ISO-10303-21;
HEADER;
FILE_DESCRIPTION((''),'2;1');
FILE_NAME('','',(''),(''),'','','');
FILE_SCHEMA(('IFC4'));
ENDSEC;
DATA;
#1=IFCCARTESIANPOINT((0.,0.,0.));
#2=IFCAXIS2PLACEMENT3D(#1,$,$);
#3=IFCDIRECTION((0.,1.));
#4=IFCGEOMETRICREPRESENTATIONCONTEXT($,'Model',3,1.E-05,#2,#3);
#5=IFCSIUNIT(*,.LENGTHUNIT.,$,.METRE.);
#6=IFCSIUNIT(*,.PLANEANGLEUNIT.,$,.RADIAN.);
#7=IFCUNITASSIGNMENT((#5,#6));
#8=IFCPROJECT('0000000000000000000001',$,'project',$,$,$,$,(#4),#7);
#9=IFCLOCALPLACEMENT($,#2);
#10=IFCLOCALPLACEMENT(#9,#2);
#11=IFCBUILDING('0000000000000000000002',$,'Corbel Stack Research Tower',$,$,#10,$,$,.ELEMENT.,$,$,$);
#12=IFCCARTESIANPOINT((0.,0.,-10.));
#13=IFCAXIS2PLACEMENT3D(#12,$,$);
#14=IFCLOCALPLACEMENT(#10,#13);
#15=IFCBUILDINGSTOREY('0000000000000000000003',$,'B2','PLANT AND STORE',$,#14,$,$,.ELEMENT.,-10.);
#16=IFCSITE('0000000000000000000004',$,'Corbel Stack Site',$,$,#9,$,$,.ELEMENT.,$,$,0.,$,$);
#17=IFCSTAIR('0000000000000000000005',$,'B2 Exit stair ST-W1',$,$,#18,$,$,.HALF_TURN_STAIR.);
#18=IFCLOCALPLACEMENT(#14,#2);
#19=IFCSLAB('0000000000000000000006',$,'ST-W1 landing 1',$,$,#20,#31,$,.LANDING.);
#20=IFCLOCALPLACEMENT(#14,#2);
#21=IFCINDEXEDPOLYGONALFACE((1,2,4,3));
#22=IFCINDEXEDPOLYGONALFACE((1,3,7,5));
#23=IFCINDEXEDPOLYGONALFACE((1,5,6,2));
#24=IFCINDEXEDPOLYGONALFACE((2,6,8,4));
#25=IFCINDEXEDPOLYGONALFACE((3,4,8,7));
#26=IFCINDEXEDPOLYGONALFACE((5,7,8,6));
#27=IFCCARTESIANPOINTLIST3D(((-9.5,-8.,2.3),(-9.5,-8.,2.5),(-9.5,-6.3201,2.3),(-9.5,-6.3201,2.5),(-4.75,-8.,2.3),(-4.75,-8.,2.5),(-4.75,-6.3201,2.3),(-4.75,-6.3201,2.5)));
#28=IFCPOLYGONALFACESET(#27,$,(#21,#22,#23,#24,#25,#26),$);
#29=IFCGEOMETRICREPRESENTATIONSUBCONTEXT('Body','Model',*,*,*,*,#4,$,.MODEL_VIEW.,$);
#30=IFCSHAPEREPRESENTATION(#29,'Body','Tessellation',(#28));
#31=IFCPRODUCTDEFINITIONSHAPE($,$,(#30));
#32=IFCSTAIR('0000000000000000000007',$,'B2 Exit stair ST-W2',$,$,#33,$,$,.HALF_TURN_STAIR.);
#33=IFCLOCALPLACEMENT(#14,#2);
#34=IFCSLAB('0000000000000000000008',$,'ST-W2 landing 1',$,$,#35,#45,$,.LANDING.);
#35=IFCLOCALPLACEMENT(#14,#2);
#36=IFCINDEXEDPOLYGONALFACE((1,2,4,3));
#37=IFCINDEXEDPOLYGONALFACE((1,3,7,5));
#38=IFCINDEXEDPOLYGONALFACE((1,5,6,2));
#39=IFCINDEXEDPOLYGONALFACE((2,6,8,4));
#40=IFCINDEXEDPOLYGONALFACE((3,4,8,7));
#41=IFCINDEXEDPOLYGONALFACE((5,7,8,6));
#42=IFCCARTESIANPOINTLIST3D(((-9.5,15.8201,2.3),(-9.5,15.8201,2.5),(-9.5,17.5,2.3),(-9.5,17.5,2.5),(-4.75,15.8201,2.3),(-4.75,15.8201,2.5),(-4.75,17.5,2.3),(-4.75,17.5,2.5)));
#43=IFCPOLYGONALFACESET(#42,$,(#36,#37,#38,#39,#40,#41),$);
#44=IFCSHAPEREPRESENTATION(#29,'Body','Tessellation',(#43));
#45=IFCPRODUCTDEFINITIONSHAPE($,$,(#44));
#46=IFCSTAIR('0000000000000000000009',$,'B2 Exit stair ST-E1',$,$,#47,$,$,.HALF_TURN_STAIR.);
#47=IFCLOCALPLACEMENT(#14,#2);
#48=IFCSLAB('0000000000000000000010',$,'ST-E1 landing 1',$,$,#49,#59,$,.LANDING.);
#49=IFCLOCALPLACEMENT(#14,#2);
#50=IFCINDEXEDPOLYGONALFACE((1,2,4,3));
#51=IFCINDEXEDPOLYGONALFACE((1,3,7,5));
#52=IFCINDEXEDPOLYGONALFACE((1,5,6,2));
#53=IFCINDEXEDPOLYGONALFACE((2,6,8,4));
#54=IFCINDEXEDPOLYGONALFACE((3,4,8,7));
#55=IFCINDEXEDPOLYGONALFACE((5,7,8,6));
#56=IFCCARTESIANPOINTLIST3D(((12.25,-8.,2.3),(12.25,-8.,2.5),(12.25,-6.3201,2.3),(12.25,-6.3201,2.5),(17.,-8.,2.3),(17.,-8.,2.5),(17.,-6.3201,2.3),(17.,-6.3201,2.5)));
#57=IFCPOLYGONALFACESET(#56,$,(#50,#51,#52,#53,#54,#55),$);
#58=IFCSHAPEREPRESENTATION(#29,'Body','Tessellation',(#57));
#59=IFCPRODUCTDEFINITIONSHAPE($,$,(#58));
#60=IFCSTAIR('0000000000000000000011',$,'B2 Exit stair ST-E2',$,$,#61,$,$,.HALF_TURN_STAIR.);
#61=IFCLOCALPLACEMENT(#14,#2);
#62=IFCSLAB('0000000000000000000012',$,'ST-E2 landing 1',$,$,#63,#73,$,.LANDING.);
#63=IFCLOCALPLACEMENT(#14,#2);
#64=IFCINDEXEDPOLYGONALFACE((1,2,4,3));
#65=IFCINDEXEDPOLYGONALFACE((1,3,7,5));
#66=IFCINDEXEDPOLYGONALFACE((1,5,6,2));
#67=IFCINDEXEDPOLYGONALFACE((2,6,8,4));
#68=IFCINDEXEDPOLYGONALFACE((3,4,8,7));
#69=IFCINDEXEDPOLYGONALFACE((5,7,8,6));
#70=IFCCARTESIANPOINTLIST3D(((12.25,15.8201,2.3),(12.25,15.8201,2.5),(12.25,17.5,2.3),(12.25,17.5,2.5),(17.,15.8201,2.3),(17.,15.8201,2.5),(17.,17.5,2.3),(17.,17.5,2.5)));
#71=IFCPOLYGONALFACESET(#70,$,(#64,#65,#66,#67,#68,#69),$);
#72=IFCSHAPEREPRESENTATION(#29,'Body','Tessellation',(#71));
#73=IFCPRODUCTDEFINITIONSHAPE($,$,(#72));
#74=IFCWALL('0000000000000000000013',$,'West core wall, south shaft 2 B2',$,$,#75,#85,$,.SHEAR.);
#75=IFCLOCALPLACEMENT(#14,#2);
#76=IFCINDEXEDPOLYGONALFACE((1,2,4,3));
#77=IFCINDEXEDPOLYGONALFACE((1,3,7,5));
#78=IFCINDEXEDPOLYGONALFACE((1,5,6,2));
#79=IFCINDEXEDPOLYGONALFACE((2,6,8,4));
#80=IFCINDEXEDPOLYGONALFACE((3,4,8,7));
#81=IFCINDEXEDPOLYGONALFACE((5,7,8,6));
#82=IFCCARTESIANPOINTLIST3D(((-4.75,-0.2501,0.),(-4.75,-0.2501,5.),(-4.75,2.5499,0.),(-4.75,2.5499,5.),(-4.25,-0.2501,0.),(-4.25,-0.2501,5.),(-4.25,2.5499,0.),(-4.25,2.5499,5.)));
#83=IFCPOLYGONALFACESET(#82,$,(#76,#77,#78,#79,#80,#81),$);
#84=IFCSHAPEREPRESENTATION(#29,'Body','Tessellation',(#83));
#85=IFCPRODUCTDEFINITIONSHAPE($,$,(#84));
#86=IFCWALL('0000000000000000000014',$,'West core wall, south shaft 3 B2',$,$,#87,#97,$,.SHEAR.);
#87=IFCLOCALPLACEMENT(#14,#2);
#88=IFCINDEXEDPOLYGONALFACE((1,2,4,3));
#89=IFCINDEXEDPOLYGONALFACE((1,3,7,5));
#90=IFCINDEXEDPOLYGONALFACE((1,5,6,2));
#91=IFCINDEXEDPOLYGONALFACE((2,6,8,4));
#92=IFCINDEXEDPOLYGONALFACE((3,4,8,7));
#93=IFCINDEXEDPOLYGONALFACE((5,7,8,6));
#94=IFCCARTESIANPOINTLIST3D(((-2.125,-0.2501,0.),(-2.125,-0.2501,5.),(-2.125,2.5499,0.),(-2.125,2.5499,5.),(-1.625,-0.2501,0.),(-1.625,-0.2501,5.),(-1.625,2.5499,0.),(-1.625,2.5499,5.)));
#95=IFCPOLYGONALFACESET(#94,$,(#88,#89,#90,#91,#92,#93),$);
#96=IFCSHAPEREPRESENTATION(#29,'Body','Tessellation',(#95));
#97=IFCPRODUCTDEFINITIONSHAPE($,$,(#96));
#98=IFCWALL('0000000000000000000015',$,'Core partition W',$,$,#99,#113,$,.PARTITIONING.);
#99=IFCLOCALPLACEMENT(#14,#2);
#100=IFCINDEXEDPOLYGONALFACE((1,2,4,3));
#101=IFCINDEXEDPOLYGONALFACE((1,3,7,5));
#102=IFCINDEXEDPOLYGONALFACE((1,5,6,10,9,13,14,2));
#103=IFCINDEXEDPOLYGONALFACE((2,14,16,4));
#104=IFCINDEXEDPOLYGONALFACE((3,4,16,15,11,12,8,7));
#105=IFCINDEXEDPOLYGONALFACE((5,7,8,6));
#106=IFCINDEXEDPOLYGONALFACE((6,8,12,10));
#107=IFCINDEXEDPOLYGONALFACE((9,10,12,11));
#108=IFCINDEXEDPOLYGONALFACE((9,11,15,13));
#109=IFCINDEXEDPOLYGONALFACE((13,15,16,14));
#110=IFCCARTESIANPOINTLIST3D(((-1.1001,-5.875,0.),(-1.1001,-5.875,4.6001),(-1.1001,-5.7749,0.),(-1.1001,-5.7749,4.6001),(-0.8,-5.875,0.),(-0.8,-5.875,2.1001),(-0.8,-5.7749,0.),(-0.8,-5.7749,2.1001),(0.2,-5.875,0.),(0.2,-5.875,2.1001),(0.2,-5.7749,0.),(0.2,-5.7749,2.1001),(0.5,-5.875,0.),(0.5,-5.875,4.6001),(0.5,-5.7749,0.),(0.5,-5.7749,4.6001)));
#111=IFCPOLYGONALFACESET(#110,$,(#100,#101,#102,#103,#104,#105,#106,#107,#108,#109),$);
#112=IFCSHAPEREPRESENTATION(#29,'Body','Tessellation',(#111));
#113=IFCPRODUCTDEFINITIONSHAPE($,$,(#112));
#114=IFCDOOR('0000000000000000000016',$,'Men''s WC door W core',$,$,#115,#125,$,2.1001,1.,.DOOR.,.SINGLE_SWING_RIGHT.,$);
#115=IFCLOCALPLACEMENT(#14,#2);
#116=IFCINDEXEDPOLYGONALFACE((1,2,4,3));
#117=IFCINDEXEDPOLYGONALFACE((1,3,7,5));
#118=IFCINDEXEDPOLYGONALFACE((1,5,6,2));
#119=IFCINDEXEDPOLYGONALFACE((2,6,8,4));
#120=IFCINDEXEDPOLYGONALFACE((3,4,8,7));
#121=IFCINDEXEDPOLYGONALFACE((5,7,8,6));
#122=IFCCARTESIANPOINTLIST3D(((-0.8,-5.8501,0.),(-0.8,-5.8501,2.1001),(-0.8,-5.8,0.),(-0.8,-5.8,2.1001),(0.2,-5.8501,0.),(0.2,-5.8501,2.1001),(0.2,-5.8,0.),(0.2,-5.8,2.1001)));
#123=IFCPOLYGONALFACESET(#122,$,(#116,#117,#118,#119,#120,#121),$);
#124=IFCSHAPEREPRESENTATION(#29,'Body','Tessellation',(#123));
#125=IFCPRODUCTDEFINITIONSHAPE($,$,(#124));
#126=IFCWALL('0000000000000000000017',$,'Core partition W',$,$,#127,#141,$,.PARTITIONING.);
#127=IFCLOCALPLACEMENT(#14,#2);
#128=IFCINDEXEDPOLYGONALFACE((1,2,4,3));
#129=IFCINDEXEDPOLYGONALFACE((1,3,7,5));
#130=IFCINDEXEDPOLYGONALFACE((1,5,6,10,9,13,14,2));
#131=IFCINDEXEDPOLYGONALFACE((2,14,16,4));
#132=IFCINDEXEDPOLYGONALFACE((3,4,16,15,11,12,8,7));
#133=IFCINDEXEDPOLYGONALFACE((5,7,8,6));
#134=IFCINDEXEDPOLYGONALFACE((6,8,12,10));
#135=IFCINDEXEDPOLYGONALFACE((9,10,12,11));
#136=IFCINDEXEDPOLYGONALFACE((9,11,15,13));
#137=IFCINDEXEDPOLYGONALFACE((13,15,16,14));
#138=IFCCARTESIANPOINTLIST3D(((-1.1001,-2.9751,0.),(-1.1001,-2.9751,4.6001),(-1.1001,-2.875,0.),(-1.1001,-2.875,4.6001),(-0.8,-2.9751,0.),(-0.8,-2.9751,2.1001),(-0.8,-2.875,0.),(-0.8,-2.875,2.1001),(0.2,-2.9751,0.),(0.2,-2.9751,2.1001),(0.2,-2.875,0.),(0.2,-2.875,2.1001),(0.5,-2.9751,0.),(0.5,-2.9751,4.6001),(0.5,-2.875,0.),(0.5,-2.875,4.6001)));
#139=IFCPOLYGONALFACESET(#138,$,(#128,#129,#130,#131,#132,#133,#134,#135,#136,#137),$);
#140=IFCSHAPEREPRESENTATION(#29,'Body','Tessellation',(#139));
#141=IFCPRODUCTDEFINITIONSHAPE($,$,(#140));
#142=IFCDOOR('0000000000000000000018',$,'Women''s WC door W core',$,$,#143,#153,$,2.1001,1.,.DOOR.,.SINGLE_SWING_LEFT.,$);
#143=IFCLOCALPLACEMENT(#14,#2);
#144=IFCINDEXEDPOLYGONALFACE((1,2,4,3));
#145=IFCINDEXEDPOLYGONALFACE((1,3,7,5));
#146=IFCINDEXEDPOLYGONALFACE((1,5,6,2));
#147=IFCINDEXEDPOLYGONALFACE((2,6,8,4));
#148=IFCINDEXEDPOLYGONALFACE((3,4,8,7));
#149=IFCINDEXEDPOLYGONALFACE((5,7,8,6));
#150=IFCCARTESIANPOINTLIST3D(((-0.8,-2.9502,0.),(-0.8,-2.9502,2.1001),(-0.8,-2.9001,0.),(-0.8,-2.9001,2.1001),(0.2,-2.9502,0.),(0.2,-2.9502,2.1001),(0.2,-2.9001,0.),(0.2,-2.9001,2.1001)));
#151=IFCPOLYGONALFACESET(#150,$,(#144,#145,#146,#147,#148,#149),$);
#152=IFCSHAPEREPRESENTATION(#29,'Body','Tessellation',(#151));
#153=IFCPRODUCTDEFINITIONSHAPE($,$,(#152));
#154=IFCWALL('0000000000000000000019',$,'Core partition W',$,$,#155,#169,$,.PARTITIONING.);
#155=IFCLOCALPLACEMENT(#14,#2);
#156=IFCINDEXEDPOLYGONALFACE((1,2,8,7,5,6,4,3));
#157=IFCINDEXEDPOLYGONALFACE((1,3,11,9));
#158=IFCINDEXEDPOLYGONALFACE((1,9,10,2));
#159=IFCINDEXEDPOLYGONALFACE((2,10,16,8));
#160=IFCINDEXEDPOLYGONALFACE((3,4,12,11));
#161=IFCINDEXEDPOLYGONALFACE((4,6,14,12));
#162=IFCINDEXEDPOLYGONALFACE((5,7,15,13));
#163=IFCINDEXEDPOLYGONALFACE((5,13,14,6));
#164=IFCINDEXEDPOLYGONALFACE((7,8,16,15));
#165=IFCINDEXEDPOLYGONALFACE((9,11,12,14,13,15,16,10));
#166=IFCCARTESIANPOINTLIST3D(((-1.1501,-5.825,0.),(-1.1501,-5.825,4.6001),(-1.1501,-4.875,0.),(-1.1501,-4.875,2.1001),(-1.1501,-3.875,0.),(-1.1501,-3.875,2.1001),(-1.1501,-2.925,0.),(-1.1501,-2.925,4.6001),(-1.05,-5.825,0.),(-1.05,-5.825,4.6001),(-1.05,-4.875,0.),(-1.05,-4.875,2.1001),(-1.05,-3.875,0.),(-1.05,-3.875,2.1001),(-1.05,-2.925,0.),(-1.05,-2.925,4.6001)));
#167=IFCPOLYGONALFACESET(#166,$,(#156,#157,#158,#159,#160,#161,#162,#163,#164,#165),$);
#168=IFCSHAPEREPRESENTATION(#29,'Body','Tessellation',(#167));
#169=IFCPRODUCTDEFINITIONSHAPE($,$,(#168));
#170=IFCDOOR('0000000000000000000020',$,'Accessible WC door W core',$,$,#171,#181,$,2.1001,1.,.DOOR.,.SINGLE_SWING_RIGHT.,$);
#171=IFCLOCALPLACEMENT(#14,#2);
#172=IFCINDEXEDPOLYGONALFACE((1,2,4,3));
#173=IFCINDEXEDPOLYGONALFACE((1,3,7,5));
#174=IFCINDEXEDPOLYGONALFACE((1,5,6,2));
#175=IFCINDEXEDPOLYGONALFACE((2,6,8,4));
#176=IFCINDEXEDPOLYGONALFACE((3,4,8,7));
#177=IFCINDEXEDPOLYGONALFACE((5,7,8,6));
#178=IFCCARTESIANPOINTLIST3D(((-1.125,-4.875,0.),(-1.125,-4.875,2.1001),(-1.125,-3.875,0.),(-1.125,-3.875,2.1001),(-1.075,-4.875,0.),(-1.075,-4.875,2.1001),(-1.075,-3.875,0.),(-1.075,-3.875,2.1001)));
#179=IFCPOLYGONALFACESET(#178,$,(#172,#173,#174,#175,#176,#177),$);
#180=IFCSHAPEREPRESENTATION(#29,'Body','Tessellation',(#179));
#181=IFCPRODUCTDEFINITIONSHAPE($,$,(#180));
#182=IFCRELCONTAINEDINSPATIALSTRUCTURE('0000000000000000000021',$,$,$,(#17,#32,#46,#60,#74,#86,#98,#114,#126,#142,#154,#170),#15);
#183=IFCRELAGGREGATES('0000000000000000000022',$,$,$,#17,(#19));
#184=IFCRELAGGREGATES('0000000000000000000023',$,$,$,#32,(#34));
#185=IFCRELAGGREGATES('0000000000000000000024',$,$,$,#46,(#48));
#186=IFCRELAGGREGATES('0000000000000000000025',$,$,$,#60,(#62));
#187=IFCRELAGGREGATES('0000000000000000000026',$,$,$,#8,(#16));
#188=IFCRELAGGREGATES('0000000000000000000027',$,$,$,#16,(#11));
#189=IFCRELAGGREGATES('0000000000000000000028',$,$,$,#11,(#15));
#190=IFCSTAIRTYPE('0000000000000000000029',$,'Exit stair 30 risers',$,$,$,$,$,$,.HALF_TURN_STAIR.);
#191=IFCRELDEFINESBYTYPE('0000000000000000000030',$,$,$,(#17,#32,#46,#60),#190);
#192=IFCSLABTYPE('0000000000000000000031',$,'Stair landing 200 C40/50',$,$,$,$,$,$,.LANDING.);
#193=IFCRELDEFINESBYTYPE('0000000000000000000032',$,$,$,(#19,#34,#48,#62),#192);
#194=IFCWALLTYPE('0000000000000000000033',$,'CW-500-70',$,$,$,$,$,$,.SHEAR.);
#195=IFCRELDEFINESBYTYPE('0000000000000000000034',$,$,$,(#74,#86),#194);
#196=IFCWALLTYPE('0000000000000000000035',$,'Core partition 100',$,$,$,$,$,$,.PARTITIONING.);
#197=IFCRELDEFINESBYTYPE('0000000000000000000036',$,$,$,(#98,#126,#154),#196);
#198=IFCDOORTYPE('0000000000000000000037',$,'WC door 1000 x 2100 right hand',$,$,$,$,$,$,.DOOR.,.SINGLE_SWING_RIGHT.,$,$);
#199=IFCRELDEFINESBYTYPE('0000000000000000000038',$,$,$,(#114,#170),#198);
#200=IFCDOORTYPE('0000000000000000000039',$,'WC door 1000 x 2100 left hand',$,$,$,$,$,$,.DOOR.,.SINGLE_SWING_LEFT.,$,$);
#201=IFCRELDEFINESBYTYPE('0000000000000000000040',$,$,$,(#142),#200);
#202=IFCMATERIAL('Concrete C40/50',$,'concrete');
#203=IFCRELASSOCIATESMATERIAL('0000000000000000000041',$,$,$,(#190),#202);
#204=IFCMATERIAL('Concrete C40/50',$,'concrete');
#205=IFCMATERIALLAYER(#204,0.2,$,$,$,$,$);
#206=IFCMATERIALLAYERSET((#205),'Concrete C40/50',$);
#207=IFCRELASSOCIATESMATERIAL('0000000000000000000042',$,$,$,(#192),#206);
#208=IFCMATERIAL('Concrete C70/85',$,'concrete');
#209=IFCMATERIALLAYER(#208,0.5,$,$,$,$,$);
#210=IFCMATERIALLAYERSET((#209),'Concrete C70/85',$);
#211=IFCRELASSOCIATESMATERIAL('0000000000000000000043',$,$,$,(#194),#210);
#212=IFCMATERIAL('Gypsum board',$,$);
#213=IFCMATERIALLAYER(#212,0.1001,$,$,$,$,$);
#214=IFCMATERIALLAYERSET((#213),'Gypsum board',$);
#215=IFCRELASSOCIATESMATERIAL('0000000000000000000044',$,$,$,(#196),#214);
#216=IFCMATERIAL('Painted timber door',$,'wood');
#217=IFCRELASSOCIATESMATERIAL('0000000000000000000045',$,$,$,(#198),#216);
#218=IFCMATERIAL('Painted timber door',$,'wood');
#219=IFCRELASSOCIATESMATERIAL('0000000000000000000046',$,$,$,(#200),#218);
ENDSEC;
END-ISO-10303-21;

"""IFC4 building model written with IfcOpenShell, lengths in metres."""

from ifc_helpers import new_model, si_unit, direction, frame, frame_2d, origin, place, context, subcontext, project, spatial, polyline, rectangle, outline, extrude, material, layer, layer_set, type_object, element, fill, aggregate, save


model = new_model("IFC4")

# Units and contexts
model_context = context("Model", 3, precision=1e-05, world=origin(), true_north=direction((0.0, 1.0)))
body_context = subcontext(model_context, "Body", "Model", "MODEL_VIEW")
ifc_project = project(units=[si_unit("LENGTHUNIT", "METRE"), si_unit("PLANEANGLEUNIT", "RADIAN")], contexts=[model_context])

# Site, building, storey
site_placement = place(None, origin())
site = spatial("IfcSite", under=ifc_project, at=site_placement, Name="Corbel Stack Site", CompositionType="ELEMENT", RefElevation=0.0)
building_placement = place(site_placement, origin())
building = spatial("IfcBuilding", under=site, at=building_placement, Name="Corbel Stack Research Tower", CompositionType="ELEMENT")
storey_placement = place(building_placement, frame((0.0, 0.0, -10.0)))
storey = spatial("IfcBuildingStorey", under=building, at=storey_placement, Name="B2", Description="PLANT AND STORE", CompositionType="ELEMENT", Elevation=-10.0)

# Stairs, slabs
ifc_material_1 = material(Name="Concrete C40/50", Category="concrete")
stair_type = type_object("IfcStairType", Name="Exit stair 30 risers", PredefinedType="HALF_TURN_STAIR", material=ifc_material_1)
stair_1_placement = place(storey_placement, origin())
stair_1 = element("IfcStair", 1, at=stair_1_placement, inside=storey, type_object=stair_type, Name="B2 Exit stair ST-W1", PredefinedType="HALF_TURN_STAIR")
ifc_material_2 = material(Name="Concrete C40/50", Category="concrete")
ifc_layer_1 = layer(ifc_material_2, 0.2)
ifc_layer_set_1 = layer_set([ifc_layer_1], Name="Concrete C40/50")
slab_type_1 = type_object("IfcSlabType", Name="Stair landing 200 C40/50", PredefinedType="LANDING", material=ifc_layer_set_1)
slab_1_placement = place(storey_placement, frame((0.0, 0.0, 2.3)))
slab_1 = element("IfcSlab", 2, at=slab_1_placement, type_object=slab_type_1, Name="ST-W1 landing 1", PredefinedType="LANDING", context=body_context, shape_type="SweptSolid", body=[
    extrude(outline(polyline([(-9.5, -6.3201), (-9.5, -8.0), (-4.75, -8.0), (-4.75, -6.3201), (-9.5, -6.3201)])), origin(), (0.0, 0.0, 1.0), 0.2),
])
aggregate(stair_1, [slab_1])
stair_2_placement = place(storey_placement, origin())
stair_2 = element("IfcStair", 3, at=stair_2_placement, inside=storey, type_object=stair_type, Name="B2 Exit stair ST-W2", PredefinedType="HALF_TURN_STAIR")
slab_2_placement = place(storey_placement, frame((0.0, 0.0, 2.3)))
slab_2 = element("IfcSlab", 4, at=slab_2_placement, type_object=slab_type_1, Name="ST-W2 landing 1", PredefinedType="LANDING", context=body_context, shape_type="SweptSolid", body=[
    extrude(outline(polyline([(-4.75, 15.8201), (-4.75, 17.5), (-9.5, 17.5), (-9.5, 15.8201), (-4.75, 15.8201)])), origin(), (0.0, 0.0, 1.0), 0.2),
])
aggregate(stair_2, [slab_2])
stair_3_placement = place(storey_placement, origin())
stair_3 = element("IfcStair", 5, at=stair_3_placement, inside=storey, type_object=stair_type, Name="B2 Exit stair ST-E1", PredefinedType="HALF_TURN_STAIR")
slab_3_placement = place(storey_placement, frame((0.0, 0.0, 2.3)))
slab_3 = element("IfcSlab", 6, at=slab_3_placement, type_object=slab_type_1, Name="ST-E1 landing 1", PredefinedType="LANDING", context=body_context, shape_type="SweptSolid", body=[
    extrude(outline(polyline([(12.25, -6.3201), (12.25, -8.0), (17.0, -8.0), (17.0, -6.3201), (12.25, -6.3201)])), origin(), (0.0, 0.0, 1.0), 0.2),
])
aggregate(stair_3, [slab_3])
stair_4_placement = place(storey_placement, origin())
stair_4 = element("IfcStair", 7, at=stair_4_placement, inside=storey, type_object=stair_type, Name="B2 Exit stair ST-E2", PredefinedType="HALF_TURN_STAIR")
slab_4_placement = place(storey_placement, frame((0.0, 0.0, 2.3)))
slab_4 = element("IfcSlab", 8, at=slab_4_placement, type_object=slab_type_1, Name="ST-E2 landing 1", PredefinedType="LANDING", context=body_context, shape_type="SweptSolid", body=[
    extrude(outline(polyline([(17.0, 15.8201), (17.0, 17.5), (12.25, 17.5), (12.25, 15.8201), (17.0, 15.8201)])), origin(), (0.0, 0.0, 1.0), 0.2),
])
aggregate(stair_4, [slab_4])

# Walls
ifc_material_3 = material(Name="Concrete C70/85", Category="concrete")
ifc_layer_2 = layer(ifc_material_3, 0.5)
ifc_layer_set_2 = layer_set([ifc_layer_2], Name="Concrete C70/85")
wall_type_1 = type_object("IfcWallType", Name="CW-500-70", PredefinedType="SHEAR", material=ifc_layer_set_2)
for number, where, z_axis, x_axis, name in (
    (9, (-4.5, -0.25, 0.0), (0.0, 0.0, 1.0), (0.0, 1.0, 0.0), "West core wall, south shaft 2 B2"),
    (10, (-1.875, -0.25, 0.0), (0.0, 0.0, 1.0), (0.0, 1.0, 0.0), "West core wall, south shaft 3 B2"),
):
    element("IfcWall", number, at=place(storey_placement, frame(where, z_axis=z_axis, x_axis=x_axis)), inside=storey, type_object=wall_type_1, Name=name, PredefinedType="SHEAR", context=body_context, shape_type="SweptSolid", body=[
        extrude(rectangle(XDim=2.8, YDim=0.5, at=frame_2d((1.3999, 0.0))), origin(), (0.0, 0.0, 1.0), 5.0),
    ])

# Walls, openings, doors
ifc_material_4 = material(Name="Gypsum board")
ifc_layer_3 = layer(ifc_material_4, 0.1001)
ifc_layer_set_3 = layer_set([ifc_layer_3], Name="Gypsum board")
wall_type_2 = type_object("IfcWallType", Name="Core partition 100", PredefinedType="PARTITIONING", material=ifc_layer_set_3)
wall_1_placement = place(storey_placement, frame((-1.1001, -5.825, 0.0), z_axis=(0.0, 0.0, 1.0), x_axis=(1.0, 0.0, 0.0)))
wall_1 = element("IfcWall", 11, at=wall_1_placement, inside=storey, type_object=wall_type_2, Name="Core partition W", PredefinedType="PARTITIONING", context=body_context, shape_type="SweptSolid", body=[
    extrude(rectangle(XDim=1.6001, YDim=0.1001, at=frame_2d((0.8, 0.0))), origin(), (0.0, 0.0, 1.0), 4.6001),
])
opening_1_placement = place(wall_1_placement, frame((0.3, 0.0, 0.0)))
opening_1 = element("IfcOpeningElement", 12, at=opening_1_placement, cuts=wall_1, PredefinedType="OPENING", context=body_context, shape_type="SweptSolid", body=[
    extrude(rectangle(XDim=1.0, YDim=2.1001, at=frame_2d((0.5, 1.05))), frame((0.0, 0.0601, 0.0), z_axis=(0.0, -1.0, 0.0), x_axis=(1.0, 0.0, 0.0)), (0.0, 0.0, 1.0), 0.1201),
])
ifc_material_5 = material(Name="Painted timber door", Category="wood")
door_type_1 = type_object("IfcDoorType", Name="WC door 1000 x 2100 right hand", OperationType="SINGLE_SWING_RIGHT", PredefinedType="DOOR", material=ifc_material_5)
door_1_placement = place(opening_1_placement, origin())
door_1 = element("IfcDoor", 13, at=door_1_placement, inside=storey, type_object=door_type_1, Name="Men's WC door W core", OperationType="SINGLE_SWING_RIGHT", OverallHeight=2.1001, OverallWidth=1.0, PredefinedType="DOOR", context=body_context, shape_type="SweptSolid", body=[
    extrude(rectangle(XDim=1.0, YDim=2.1001, at=frame_2d((0.5, 1.05))), frame((0.0, 0.0249, 0.0), z_axis=(0.0, -1.0, 0.0), x_axis=(1.0, 0.0, 0.0)), (0.0, 0.0, 1.0), 0.05),
])
fill(opening_1, door_1)
wall_2_placement = place(storey_placement, frame((-1.1001, -2.925, 0.0), z_axis=(0.0, 0.0, 1.0), x_axis=(1.0, 0.0, 0.0)))
wall_2 = element("IfcWall", 14, at=wall_2_placement, inside=storey, type_object=wall_type_2, Name="Core partition W", PredefinedType="PARTITIONING", context=body_context, shape_type="SweptSolid", body=[
    extrude(rectangle(XDim=1.6001, YDim=0.1001, at=frame_2d((0.8, 0.0))), origin(), (0.0, 0.0, 1.0), 4.6001),
])
opening_2_placement = place(wall_2_placement, frame((0.3, 0.0, 0.0)))
opening_2 = element("IfcOpeningElement", 15, at=opening_2_placement, cuts=wall_2, PredefinedType="OPENING", context=body_context, shape_type="SweptSolid", body=[
    extrude(rectangle(XDim=1.0, YDim=2.1001, at=frame_2d((0.5, 1.05))), frame((0.0, 0.0601, 0.0), z_axis=(0.0, -1.0, 0.0), x_axis=(1.0, 0.0, 0.0)), (0.0, 0.0, 1.0), 0.1201),
])
ifc_material_6 = material(Name="Painted timber door", Category="wood")
door_type_2 = type_object("IfcDoorType", Name="WC door 1000 x 2100 left hand", OperationType="SINGLE_SWING_LEFT", PredefinedType="DOOR", material=ifc_material_6)
door_2_placement = place(opening_2_placement, origin())
door_2 = element("IfcDoor", 16, at=door_2_placement, inside=storey, type_object=door_type_2, Name="Women's WC door W core", OperationType="SINGLE_SWING_LEFT", OverallHeight=2.1001, OverallWidth=1.0, PredefinedType="DOOR", context=body_context, shape_type="SweptSolid", body=[
    extrude(rectangle(XDim=1.0, YDim=2.1001, at=frame_2d((0.5, 1.05))), frame((0.0, 0.0249, 0.0), z_axis=(0.0, -1.0, 0.0), x_axis=(1.0, 0.0, 0.0)), (0.0, 0.0, 1.0), 0.05),
])
fill(opening_2, door_2)
wall_3_placement = place(storey_placement, frame((-1.1001, -5.825, 0.0), z_axis=(0.0, 0.0, 1.0), x_axis=(0.0, 1.0, 0.0)))
wall_3 = element("IfcWall", 17, at=wall_3_placement, inside=storey, type_object=wall_type_2, Name="Core partition W", PredefinedType="PARTITIONING", context=body_context, shape_type="SweptSolid", body=[
    extrude(rectangle(XDim=2.8999, YDim=0.1001, at=frame_2d((1.45, 0.0))), origin(), (0.0, 0.0, 1.0), 4.6001),
])
opening_3_placement = place(wall_3_placement, frame((0.95, 0.0, 0.0)))
opening_3 = element("IfcOpeningElement", 18, at=opening_3_placement, cuts=wall_3, PredefinedType="OPENING", context=body_context, shape_type="SweptSolid", body=[
    extrude(rectangle(XDim=1.0, YDim=2.1001, at=frame_2d((0.5, 1.05))), frame((0.0, 0.0601, 0.0), z_axis=(0.0, -1.0, 0.0), x_axis=(1.0, 0.0, 0.0)), (0.0, 0.0, 1.0), 0.1201),
])
door_3_placement = place(opening_3_placement, origin())
door_3 = element("IfcDoor", 19, at=door_3_placement, inside=storey, type_object=door_type_1, Name="Accessible WC door W core", OperationType="SINGLE_SWING_RIGHT", OverallHeight=2.1001, OverallWidth=1.0, PredefinedType="DOOR", context=body_context, shape_type="SweptSolid", body=[
    extrude(rectangle(XDim=1.0, YDim=2.1001, at=frame_2d((0.5, 1.05))), frame((0.0, 0.0249, 0.0), z_axis=(0.0, -1.0, 0.0), x_axis=(1.0, 0.0, 0.0)), (0.0, 0.0, 1.0), 0.05),
])
fill(opening_3, door_3)

save(model, "model.ifc")
